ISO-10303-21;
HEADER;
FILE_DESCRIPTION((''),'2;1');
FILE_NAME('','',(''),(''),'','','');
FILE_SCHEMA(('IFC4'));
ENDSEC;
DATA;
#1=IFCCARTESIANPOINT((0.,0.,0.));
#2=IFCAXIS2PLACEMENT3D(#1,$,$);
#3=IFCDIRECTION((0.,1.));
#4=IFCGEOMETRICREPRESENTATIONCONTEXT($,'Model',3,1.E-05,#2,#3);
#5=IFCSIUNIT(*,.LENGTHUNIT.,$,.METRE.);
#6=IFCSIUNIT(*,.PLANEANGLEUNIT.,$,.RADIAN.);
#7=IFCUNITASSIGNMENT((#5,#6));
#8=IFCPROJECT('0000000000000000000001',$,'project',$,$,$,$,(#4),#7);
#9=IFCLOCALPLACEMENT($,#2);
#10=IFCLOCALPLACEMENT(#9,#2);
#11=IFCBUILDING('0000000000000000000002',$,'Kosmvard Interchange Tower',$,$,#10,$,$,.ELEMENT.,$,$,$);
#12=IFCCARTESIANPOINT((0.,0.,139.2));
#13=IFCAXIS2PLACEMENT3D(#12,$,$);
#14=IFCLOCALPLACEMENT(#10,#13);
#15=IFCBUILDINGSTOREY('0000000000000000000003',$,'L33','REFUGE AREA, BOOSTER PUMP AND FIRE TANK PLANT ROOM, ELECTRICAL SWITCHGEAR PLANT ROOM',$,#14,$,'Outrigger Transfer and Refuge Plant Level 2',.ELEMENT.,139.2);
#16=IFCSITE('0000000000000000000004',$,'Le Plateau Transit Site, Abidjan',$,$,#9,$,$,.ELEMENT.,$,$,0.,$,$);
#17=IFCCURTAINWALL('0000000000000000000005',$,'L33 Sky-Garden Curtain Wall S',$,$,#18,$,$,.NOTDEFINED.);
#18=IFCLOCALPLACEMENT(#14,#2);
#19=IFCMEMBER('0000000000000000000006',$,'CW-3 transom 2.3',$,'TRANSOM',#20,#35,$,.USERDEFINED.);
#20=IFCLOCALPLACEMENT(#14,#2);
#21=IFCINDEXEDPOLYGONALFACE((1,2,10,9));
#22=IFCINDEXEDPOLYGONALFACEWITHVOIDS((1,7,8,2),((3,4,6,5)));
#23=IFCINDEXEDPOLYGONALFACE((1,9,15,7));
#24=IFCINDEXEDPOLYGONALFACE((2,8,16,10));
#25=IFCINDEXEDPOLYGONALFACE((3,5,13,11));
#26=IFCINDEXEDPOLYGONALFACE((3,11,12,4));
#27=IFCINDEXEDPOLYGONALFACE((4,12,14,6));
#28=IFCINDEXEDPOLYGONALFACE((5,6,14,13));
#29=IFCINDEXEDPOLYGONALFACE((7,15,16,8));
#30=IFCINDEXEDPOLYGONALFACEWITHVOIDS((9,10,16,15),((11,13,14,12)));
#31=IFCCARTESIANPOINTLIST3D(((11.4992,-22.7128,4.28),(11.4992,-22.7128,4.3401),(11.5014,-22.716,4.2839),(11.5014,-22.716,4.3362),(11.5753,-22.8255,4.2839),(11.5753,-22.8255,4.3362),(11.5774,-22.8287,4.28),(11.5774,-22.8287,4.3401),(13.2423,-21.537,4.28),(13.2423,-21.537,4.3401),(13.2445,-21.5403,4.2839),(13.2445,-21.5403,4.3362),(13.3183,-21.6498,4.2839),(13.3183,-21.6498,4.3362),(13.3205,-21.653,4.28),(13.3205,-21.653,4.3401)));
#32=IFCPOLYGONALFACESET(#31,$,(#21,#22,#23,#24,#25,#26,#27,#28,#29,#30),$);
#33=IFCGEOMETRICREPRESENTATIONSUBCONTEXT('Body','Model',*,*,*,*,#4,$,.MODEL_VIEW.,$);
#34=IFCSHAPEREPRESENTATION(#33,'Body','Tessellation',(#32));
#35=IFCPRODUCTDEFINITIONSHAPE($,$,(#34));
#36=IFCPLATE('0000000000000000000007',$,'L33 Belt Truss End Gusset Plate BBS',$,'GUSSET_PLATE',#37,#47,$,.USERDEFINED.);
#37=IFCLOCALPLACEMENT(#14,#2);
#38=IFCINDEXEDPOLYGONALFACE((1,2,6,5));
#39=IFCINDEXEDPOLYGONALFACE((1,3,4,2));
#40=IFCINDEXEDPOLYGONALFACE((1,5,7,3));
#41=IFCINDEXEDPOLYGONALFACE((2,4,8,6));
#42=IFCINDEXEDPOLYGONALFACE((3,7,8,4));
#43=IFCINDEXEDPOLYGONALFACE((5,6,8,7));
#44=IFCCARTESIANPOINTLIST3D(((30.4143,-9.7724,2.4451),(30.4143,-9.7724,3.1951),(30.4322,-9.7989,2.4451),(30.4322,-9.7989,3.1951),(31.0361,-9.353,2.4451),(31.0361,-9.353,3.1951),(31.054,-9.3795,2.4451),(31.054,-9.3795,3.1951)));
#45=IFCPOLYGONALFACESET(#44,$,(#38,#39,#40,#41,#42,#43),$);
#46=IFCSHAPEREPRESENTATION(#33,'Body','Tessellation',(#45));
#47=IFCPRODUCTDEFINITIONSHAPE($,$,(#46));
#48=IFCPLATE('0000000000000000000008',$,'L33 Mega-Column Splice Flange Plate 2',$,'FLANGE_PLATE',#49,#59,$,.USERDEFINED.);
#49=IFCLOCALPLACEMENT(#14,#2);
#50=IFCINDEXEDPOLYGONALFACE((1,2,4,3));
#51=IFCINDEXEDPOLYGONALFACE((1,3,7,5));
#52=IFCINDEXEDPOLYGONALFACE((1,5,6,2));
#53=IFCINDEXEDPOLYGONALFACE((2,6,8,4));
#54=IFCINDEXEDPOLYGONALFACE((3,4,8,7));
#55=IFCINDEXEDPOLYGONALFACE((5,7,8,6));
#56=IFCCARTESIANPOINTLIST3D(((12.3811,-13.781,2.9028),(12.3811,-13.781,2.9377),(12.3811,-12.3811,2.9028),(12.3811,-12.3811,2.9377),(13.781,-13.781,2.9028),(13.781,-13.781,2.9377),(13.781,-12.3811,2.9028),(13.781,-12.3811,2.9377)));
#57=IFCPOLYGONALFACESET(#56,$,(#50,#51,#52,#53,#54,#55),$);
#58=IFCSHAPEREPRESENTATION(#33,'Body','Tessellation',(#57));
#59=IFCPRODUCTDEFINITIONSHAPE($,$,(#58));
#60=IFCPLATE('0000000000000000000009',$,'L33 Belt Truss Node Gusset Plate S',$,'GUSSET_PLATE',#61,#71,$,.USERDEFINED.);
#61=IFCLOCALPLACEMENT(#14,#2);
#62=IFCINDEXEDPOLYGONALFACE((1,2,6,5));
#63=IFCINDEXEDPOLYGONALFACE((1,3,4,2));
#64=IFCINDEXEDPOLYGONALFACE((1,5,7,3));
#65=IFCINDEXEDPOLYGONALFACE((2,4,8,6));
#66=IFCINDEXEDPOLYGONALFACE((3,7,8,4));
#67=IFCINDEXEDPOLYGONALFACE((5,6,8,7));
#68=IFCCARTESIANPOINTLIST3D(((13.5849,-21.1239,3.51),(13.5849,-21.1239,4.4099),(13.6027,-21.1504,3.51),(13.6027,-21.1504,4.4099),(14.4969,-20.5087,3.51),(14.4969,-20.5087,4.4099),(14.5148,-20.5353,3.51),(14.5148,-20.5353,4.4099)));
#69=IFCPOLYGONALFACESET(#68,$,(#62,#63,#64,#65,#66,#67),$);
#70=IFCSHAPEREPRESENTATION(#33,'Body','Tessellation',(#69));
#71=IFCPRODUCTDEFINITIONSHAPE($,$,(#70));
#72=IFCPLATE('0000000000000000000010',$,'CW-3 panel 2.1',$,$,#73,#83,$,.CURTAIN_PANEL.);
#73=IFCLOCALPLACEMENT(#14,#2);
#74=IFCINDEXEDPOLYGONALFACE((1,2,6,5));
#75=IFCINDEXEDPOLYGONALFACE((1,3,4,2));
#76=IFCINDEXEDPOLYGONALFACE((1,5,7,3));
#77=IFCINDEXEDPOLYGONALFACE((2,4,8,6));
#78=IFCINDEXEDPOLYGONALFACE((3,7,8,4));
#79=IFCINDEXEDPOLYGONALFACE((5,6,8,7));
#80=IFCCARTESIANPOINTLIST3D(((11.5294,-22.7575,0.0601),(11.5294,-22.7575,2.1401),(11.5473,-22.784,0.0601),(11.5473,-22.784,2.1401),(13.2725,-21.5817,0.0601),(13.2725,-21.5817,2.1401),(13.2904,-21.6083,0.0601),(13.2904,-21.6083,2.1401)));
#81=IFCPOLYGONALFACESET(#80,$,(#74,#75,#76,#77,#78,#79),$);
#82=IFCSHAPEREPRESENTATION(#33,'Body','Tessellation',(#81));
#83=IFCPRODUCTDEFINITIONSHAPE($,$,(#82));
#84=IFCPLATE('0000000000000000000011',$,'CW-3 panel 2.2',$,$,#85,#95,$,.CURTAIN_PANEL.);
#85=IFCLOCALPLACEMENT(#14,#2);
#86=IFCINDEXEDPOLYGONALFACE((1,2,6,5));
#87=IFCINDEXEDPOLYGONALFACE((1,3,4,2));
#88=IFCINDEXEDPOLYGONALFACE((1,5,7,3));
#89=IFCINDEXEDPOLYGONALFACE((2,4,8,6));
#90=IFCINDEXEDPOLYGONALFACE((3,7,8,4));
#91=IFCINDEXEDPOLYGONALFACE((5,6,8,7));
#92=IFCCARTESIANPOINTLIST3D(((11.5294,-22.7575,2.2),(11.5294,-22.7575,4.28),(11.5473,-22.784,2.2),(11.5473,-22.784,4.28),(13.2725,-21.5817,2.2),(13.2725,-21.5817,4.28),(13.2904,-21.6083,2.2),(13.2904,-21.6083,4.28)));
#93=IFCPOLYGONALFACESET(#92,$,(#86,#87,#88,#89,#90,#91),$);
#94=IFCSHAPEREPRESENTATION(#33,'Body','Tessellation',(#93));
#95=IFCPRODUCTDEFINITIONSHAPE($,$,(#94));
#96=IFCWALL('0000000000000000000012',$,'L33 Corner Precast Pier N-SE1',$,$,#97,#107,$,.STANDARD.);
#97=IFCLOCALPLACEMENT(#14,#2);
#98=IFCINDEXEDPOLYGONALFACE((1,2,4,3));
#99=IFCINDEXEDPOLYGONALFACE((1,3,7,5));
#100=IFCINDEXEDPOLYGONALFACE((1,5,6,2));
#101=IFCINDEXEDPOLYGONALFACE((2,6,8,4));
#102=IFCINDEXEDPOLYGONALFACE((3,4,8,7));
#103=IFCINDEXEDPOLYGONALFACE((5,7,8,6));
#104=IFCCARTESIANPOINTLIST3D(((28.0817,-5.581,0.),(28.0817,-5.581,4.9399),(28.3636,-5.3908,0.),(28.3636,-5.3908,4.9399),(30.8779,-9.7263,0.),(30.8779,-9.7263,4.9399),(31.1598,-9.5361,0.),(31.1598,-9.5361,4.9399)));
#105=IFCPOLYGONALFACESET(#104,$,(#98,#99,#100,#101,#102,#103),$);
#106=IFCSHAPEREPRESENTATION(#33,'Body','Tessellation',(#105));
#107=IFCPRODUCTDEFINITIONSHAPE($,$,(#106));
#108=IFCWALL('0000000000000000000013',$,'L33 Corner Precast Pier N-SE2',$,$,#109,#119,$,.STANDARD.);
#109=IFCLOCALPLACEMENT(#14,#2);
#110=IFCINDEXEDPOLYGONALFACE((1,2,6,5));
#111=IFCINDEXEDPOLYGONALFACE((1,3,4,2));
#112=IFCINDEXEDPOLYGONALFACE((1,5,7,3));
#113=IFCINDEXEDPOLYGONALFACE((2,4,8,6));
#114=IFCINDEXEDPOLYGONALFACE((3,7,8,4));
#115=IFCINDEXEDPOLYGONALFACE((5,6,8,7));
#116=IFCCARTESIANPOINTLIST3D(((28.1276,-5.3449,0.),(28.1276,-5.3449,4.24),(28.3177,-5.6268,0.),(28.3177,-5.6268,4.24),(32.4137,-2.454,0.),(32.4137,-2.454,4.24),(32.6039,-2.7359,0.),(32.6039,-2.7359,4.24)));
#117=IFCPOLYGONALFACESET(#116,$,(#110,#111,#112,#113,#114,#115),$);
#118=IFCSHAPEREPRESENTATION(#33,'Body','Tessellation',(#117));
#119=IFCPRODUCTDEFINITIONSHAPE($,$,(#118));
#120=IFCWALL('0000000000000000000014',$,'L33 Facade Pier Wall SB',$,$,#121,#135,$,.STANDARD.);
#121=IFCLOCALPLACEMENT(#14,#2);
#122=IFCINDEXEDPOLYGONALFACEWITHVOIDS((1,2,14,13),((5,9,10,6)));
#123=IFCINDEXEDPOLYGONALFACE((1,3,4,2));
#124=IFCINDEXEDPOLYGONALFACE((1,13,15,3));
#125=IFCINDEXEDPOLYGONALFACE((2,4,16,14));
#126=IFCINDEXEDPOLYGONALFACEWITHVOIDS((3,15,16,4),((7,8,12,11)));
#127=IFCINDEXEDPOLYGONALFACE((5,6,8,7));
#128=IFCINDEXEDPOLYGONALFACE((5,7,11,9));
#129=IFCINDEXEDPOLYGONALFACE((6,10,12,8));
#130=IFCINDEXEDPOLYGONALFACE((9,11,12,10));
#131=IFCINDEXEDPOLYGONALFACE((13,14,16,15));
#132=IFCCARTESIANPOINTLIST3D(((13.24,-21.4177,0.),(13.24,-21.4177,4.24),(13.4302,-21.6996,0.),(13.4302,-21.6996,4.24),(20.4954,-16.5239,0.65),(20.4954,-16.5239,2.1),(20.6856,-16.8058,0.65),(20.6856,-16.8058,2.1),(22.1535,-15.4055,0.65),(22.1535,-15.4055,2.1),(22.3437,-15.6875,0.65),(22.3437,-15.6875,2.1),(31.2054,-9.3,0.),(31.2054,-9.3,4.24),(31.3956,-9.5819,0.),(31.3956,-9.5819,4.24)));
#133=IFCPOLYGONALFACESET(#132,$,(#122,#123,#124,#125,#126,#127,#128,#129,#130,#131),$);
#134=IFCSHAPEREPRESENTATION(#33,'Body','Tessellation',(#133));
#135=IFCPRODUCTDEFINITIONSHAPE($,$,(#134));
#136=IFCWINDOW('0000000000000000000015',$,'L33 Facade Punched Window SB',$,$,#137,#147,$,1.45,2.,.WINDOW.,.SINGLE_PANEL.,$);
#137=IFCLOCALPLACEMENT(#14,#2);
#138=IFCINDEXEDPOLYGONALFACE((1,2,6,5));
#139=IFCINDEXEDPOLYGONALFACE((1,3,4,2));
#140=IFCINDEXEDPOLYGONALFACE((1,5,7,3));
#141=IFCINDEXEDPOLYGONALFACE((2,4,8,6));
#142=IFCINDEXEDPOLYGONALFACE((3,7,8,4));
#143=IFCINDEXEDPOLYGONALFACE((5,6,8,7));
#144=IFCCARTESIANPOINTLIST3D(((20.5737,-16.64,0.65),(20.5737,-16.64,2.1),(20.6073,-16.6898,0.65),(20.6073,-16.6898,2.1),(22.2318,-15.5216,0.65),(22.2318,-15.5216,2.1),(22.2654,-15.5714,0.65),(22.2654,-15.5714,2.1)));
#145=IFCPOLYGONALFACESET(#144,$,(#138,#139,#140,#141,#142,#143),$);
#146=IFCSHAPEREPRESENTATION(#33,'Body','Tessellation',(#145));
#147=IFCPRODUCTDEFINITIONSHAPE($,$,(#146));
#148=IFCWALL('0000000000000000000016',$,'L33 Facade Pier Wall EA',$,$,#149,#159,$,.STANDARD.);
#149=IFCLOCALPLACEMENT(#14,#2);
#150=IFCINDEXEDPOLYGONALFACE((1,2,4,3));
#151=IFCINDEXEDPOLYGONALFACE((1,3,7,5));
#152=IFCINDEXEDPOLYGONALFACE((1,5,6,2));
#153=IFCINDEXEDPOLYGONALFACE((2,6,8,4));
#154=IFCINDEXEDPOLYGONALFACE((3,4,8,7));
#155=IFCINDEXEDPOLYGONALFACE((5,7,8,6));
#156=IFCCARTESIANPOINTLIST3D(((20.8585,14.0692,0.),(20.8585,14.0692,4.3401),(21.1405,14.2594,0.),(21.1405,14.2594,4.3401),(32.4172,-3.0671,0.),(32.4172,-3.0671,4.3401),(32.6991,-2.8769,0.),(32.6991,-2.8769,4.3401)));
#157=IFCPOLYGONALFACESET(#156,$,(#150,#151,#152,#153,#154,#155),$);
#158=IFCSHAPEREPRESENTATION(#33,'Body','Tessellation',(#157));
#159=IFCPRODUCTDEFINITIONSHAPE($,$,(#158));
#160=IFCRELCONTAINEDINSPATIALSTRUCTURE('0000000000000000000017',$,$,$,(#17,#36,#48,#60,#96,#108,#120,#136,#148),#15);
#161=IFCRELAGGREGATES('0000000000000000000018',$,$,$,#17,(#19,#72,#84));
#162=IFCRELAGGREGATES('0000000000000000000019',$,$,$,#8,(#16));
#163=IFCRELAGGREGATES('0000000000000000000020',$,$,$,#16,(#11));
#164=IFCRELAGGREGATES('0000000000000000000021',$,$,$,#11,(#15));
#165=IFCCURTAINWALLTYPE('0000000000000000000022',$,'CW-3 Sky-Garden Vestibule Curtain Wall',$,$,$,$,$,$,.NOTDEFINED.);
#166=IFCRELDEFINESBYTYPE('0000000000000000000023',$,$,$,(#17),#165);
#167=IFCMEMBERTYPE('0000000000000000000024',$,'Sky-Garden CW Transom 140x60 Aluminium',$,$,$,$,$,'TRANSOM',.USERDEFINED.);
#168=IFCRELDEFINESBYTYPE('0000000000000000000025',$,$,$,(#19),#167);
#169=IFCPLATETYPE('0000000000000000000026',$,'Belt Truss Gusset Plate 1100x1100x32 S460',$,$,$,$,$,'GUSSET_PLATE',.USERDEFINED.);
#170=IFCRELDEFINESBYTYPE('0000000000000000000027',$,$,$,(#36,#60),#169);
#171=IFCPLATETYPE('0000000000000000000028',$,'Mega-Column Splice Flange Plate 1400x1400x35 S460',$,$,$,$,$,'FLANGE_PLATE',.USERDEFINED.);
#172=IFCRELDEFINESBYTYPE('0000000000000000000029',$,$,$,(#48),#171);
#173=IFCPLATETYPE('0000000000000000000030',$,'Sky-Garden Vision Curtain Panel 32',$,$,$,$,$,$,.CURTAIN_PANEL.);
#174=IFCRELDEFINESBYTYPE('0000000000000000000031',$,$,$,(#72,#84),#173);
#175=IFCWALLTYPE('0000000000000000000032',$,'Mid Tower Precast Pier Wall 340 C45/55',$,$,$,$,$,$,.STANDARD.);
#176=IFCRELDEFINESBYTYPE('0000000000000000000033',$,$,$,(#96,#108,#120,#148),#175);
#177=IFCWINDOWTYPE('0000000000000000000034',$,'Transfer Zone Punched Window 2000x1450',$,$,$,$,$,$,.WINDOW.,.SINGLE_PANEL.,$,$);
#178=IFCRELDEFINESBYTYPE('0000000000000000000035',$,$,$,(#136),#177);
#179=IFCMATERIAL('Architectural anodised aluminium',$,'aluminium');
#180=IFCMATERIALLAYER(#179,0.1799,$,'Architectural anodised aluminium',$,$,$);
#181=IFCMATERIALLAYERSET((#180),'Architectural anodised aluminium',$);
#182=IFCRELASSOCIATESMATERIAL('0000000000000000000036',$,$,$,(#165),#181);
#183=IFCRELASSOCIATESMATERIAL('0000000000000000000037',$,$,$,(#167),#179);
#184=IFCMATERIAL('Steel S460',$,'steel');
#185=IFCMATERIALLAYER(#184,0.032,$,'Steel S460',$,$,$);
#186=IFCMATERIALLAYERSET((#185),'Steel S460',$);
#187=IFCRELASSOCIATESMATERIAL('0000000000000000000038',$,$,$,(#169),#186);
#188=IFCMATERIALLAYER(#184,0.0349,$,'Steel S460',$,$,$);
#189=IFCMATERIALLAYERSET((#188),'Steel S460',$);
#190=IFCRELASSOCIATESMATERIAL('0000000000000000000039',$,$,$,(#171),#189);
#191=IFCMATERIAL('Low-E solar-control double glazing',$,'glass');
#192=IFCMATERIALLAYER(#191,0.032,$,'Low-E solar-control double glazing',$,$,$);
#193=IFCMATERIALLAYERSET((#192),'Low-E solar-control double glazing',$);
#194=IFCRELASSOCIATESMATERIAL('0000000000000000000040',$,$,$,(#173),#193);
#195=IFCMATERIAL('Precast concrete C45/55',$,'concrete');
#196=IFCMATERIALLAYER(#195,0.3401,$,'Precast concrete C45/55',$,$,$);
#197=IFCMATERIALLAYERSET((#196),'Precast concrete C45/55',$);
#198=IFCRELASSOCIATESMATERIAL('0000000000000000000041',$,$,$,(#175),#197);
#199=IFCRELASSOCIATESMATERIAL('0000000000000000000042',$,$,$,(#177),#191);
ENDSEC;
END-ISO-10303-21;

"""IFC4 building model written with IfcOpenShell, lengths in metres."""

from ifc_helpers import new_model, si_unit, direction, frame, frame_2d, origin, origin_2d, place, context, subcontext, project, spatial, rectangle, hollow_rectangle, extrude, source, transform, mapped, material, layer, layer_set, material_profile, profile_set, type_object, element, fill, aggregate, save


model = new_model("IFC4")

# Units and contexts
model_context = context("Model", 3, precision=1e-05, world=origin(), true_north=direction((0.0, 1.0)))
body_context = subcontext(model_context, "Body", "Model", "MODEL_VIEW")
ifc_project = project(units=[si_unit("LENGTHUNIT", "METRE"), si_unit("PLANEANGLEUNIT", "RADIAN")], contexts=[model_context])

# Site, building, storey
site_placement = place(None, origin())
site = spatial("IfcSite", under=ifc_project, at=site_placement, Name="Le Plateau Transit Site, Abidjan", CompositionType="ELEMENT", RefElevation=0.0)
building_placement = place(site_placement, origin())
building = spatial("IfcBuilding", under=site, at=building_placement, Name="Kosmvard Interchange Tower", CompositionType="ELEMENT")
storey_placement = place(building_placement, frame((0.0, 0.0, 139.2)))
storey = spatial("IfcBuildingStorey", under=building, at=storey_placement, Name="L33", Description="REFUGE AREA, BOOSTER PUMP AND FIRE TANK PLANT ROOM, ELECTRICAL SWITCHGEAR PLANT ROOM", LongName="Outrigger Transfer and Refuge Plant Level 2", CompositionType="ELEMENT", Elevation=139.2)

# Shared definitions
ifc_material_1 = material(Name="Steel S460", Category="steel")

# Curtain wall, member
ifc_material_2 = material(Name="Architectural anodised aluminium", Category="aluminium")
ifc_layer_1 = layer(ifc_material_2, 0.1799, Name="Architectural anodised aluminium")
ifc_layer_set_1 = layer_set([ifc_layer_1], Name="Architectural anodised aluminium")
curtain_wall_type = type_object("IfcCurtainWallType", Name="CW-3 Sky-Garden Vestibule Curtain Wall", PredefinedType="NOTDEFINED", material=ifc_layer_set_1)
curtain_wall_placement = place(storey_placement, origin())
curtain_wall = element("IfcCurtainWall", 1, at=curtain_wall_placement, inside=storey, type_object=curtain_wall_type, Name="L33 Sky-Garden Curtain Wall S", PredefinedType="NOTDEFINED")
ifc_material_profile_1 = material_profile(ifc_material_2, hollow_rectangle(XDim=0.1399, YDim=0.0601, WallThickness=0.0039, at=origin_2d()), Name="CWT 140x60x4")
ifc_profile_set_1 = profile_set([ifc_material_profile_1], Name="Architectural anodised aluminium")
member_type_1 = type_object("IfcMemberType", Name="Sky-Garden CW Transom 140x60 Aluminium", ElementType="TRANSOM", PredefinedType="USERDEFINED", material=ifc_profile_set_1)
shared_shape_1 = source(origin(), body_context, "Body", "SweptSolid", [
    extrude(hollow_rectangle(XDim=0.1399, YDim=0.0601, WallThickness=0.0039, at=origin_2d()), origin(), (0.0, 0.0, 1.0), 2.1025),
])
member_1_placement = place(storey_placement, frame((11.5383, -22.7708, 4.3101), z_axis=(0.829037, 0.559194, 0.0), x_axis=(-0.559194, 0.829037, 0.0)))
member_1 = element("IfcMember", 2, at=member_1_placement, type_object=member_type_1, Name="CW-3 transom 2.3", ObjectType="TRANSOM", PredefinedType="USERDEFINED", context=body_context, shape_type="MappedRepresentation", body=[
    mapped(shared_shape_1, transform((0.0, 0.0, 0.0), scale=1.0)),
])

# Plates
ifc_layer_2 = layer(ifc_material_1, 0.032, Name="Steel S460")
ifc_layer_set_2 = layer_set([ifc_layer_2], Name="Steel S460")
plate_type_1 = type_object("IfcPlateType", Name="Belt Truss Gusset Plate 1100x1100x32 S460", ElementType="GUSSET_PLATE", PredefinedType="USERDEFINED", material=ifc_layer_set_2)
shared_shape_2 = source(origin(), body_context, "Body", "SweptSolid", [
    extrude(rectangle(XDim=0.75, YDim=0.032, at=origin_2d()), origin(), (0.0, 0.0, 1.0), 0.75),
])
plate_1_placement = place(storey_placement, frame((30.7341, -9.5759, 2.4451), z_axis=(0.0, 0.0, 1.0), x_axis=(0.829038, 0.559193, 0.0)))
element("IfcPlate", 3, at=plate_1_placement, inside=storey, type_object=plate_type_1, Name="L33 Belt Truss End Gusset Plate BBS", ObjectType="GUSSET_PLATE", PredefinedType="USERDEFINED", context=body_context, shape_type="MappedRepresentation", body=[
    mapped(shared_shape_2, transform((0.0, 0.0, 0.0), scale=1.0)),
])
ifc_layer_3 = layer(ifc_material_1, 0.0349, Name="Steel S460")
ifc_layer_set_3 = layer_set([ifc_layer_3], Name="Steel S460")
plate_type_2 = type_object("IfcPlateType", Name="Mega-Column Splice Flange Plate 1400x1400x35 S460", ElementType="FLANGE_PLATE", PredefinedType="USERDEFINED", material=ifc_layer_set_3)
shared_shape_3 = source(origin(), body_context, "Body", "SweptSolid", [
    extrude(rectangle(XDim=1.3999, YDim=1.3999, at=origin_2d()), origin(), (0.0, 0.0, 1.0), 0.0349),
])
plate_2_placement = place(storey_placement, frame((13.0811, -13.0811, 2.9028), z_axis=(0.0, 0.0, 1.0), x_axis=(1.0, 0.0, 0.0)))
element("IfcPlate", 4, at=plate_2_placement, inside=storey, type_object=plate_type_2, Name="L33 Mega-Column Splice Flange Plate 2", ObjectType="FLANGE_PLATE", PredefinedType="USERDEFINED", context=body_context, shape_type="MappedRepresentation", body=[
    mapped(shared_shape_3, transform((0.0, 0.0, 0.0), scale=1.0)),
])
shared_shape_4 = source(origin(), body_context, "Body", "SweptSolid", [
    extrude(rectangle(XDim=1.1001, YDim=0.032, at=origin_2d()), origin(), (0.0, 0.0, 1.0), 0.8999),
])
plate_3_placement = place(storey_placement, frame((14.0498, -20.8296, 3.51), z_axis=(0.0, 0.0, 1.0), x_axis=(0.829038, 0.559193, 0.0)))
element("IfcPlate", 5, at=plate_3_placement, inside=storey, type_object=plate_type_1, Name="L33 Belt Truss Node Gusset Plate S", ObjectType="GUSSET_PLATE", PredefinedType="USERDEFINED", context=body_context, shape_type="MappedRepresentation", body=[
    mapped(shared_shape_4, transform((0.0, 0.0, 0.0), scale=1.0)),
])

# Plates
ifc_material_3 = material(Name="Low-E solar-control double glazing", Category="glass")
ifc_layer_4 = layer(ifc_material_3, 0.032, Name="Low-E solar-control double glazing")
ifc_layer_set_4 = layer_set([ifc_layer_4], Name="Low-E solar-control double glazing")
plate_type_3 = type_object("IfcPlateType", Name="Sky-Garden Vision Curtain Panel 32", PredefinedType="CURTAIN_PANEL", material=ifc_layer_set_4)
shared_shape_5 = source(origin(), body_context, "Body", "SweptSolid", [
    extrude(rectangle(XDim=2.1025, YDim=0.032, at=origin_2d()), origin(), (0.0, 0.0, 1.0), 2.0801),
])
plate_4_placement = place(storey_placement, frame((12.4099, -22.1829, 0.0601), z_axis=(0.0, 0.0, 1.0), x_axis=(0.829038, 0.559193, 0.0)))
plate_4 = element("IfcPlate", 6, at=plate_4_placement, type_object=plate_type_3, Name="CW-3 panel 2.1", PredefinedType="CURTAIN_PANEL", context=body_context, shape_type="MappedRepresentation", body=[
    mapped(shared_shape_5, transform((0.0, 0.0, 0.0), scale=1.0)),
])
plate_5_placement = place(storey_placement, frame((12.4099, -22.1829, 2.2), z_axis=(0.0, 0.0, 1.0), x_axis=(0.829038, 0.559193, 0.0)))
plate_5 = element("IfcPlate", 7, at=plate_5_placement, type_object=plate_type_3, Name="CW-3 panel 2.2", PredefinedType="CURTAIN_PANEL", context=body_context, shape_type="MappedRepresentation", body=[
    mapped(shared_shape_5, transform((0.0, 0.0, 0.0), scale=1.0)),
])
aggregate(curtain_wall, [member_1, plate_4, plate_5])

# Walls
ifc_material_4 = material(Name="Precast concrete C45/55", Category="concrete")
ifc_layer_5 = layer(ifc_material_4, 0.3401, Name="Precast concrete C45/55")
ifc_layer_set_5 = layer_set([ifc_layer_5], Name="Precast concrete C45/55")
wall_type = type_object("IfcWallType", Name="Mid Tower Precast Pier Wall 340 C45/55", PredefinedType="STANDARD", material=ifc_layer_set_5)
wall_1_placement = place(storey_placement, frame((31.0188, -9.6311, 0.0), z_axis=(0.0, 0.0, 1.0), x_axis=(-0.55921, 0.829026, 0.0)))
element("IfcWall", 8, at=wall_1_placement, inside=storey, type_object=wall_type, Name="L33 Corner Precast Pier N-SE1", PredefinedType="STANDARD", context=body_context, shape_type="SweptSolid", body=[
    extrude(rectangle(XDim=5.0002, YDim=0.3401, at=frame_2d((2.5, 0.0))), origin(), (0.0, 0.0, 1.0), 4.9399),
])
wall_2_placement = place(storey_placement, frame((28.2227, -5.4858, 0.0), z_axis=(0.0, 0.0, 1.0), x_axis=(0.829052, 0.559171, 0.0)))
element("IfcWall", 9, at=wall_2_placement, inside=storey, type_object=wall_type, Name="L33 Corner Precast Pier N-SE2", PredefinedType="STANDARD", context=body_context, shape_type="SweptSolid", body=[
    extrude(rectangle(XDim=5.1699, YDim=0.3401, at=frame_2d((2.585, 0.0))), origin(), (0.0, 0.0, 1.0), 4.24),
])

# Wall, opening, window
wall_3_placement = place(storey_placement, frame((13.3352, -21.5586, 0.0), z_axis=(0.0, 0.0, 1.0), x_axis=(0.82904, 0.55919, 0.0)))
wall_3 = element("IfcWall", 10, at=wall_3_placement, inside=storey, type_object=wall_type, Name="L33 Facade Pier Wall SB", PredefinedType="STANDARD", context=body_context, shape_type="SweptSolid", body=[
    extrude(rectangle(XDim=21.6702, YDim=0.3401, at=frame_2d((10.835, 0.0))), origin(), (0.0, 0.0, 1.0), 4.24),
])
opening_placement = place(wall_3_placement, frame((8.7515, 0.0, 0.6499)))
opening = element("IfcOpeningElement", 11, at=opening_placement, cuts=wall_3, PredefinedType="OPENING", context=body_context, shape_type="SweptSolid", body=[
    extrude(rectangle(XDim=2.0, YDim=1.45, at=frame_2d((1.0, 0.7251))), frame((0.0, 0.1802, 0.0), z_axis=(0.0, -1.0, 0.0), x_axis=(1.0, 0.0, 0.0)), (0.0, 0.0, 1.0), 0.3601),
])
window_type = type_object("IfcWindowType", Name="Transfer Zone Punched Window 2000x1450", PartitioningType="SINGLE_PANEL", PredefinedType="WINDOW", material=ifc_material_3)
shared_shape_6 = source(origin(), body_context, "Body", "SweptSolid", [
    extrude(rectangle(XDim=2.0, YDim=1.45, at=frame_2d((1.0, 0.7251))), frame((0.0, 0.03, 0.0), z_axis=(0.0, -1.0, 0.0), x_axis=(1.0, 0.0, 0.0)), (0.0, 0.0, 1.0), 0.0601),
])
window_placement = place(opening_placement, origin())
window = element("IfcWindow", 12, at=window_placement, inside=storey, type_object=window_type, Name="L33 Facade Punched Window SB", OverallHeight=1.45, OverallWidth=2.0, PartitioningType="SINGLE_PANEL", PredefinedType="WINDOW", context=body_context, shape_type="MappedRepresentation", body=[
    mapped(shared_shape_6, transform((0.0, 0.0, 0.0), scale=1.0)),
])
fill(opening, window)

# Wall
wall_4_placement = place(storey_placement, frame((32.5581, -2.9719, 0.0), z_axis=(0.0, 0.0, 1.0), x_axis=(-0.559195, 0.829036, 0.0)))
element("IfcWall", 13, at=wall_4_placement, inside=storey, type_object=wall_type, Name="L33 Facade Pier Wall EA", PredefinedType="STANDARD", context=body_context, shape_type="SweptSolid", body=[
    extrude(rectangle(XDim=20.6702, YDim=0.3401, at=frame_2d((10.335, 0.0))), origin(), (0.0, 0.0, 1.0), 4.3401),
])

save(model, "model.ifc")
